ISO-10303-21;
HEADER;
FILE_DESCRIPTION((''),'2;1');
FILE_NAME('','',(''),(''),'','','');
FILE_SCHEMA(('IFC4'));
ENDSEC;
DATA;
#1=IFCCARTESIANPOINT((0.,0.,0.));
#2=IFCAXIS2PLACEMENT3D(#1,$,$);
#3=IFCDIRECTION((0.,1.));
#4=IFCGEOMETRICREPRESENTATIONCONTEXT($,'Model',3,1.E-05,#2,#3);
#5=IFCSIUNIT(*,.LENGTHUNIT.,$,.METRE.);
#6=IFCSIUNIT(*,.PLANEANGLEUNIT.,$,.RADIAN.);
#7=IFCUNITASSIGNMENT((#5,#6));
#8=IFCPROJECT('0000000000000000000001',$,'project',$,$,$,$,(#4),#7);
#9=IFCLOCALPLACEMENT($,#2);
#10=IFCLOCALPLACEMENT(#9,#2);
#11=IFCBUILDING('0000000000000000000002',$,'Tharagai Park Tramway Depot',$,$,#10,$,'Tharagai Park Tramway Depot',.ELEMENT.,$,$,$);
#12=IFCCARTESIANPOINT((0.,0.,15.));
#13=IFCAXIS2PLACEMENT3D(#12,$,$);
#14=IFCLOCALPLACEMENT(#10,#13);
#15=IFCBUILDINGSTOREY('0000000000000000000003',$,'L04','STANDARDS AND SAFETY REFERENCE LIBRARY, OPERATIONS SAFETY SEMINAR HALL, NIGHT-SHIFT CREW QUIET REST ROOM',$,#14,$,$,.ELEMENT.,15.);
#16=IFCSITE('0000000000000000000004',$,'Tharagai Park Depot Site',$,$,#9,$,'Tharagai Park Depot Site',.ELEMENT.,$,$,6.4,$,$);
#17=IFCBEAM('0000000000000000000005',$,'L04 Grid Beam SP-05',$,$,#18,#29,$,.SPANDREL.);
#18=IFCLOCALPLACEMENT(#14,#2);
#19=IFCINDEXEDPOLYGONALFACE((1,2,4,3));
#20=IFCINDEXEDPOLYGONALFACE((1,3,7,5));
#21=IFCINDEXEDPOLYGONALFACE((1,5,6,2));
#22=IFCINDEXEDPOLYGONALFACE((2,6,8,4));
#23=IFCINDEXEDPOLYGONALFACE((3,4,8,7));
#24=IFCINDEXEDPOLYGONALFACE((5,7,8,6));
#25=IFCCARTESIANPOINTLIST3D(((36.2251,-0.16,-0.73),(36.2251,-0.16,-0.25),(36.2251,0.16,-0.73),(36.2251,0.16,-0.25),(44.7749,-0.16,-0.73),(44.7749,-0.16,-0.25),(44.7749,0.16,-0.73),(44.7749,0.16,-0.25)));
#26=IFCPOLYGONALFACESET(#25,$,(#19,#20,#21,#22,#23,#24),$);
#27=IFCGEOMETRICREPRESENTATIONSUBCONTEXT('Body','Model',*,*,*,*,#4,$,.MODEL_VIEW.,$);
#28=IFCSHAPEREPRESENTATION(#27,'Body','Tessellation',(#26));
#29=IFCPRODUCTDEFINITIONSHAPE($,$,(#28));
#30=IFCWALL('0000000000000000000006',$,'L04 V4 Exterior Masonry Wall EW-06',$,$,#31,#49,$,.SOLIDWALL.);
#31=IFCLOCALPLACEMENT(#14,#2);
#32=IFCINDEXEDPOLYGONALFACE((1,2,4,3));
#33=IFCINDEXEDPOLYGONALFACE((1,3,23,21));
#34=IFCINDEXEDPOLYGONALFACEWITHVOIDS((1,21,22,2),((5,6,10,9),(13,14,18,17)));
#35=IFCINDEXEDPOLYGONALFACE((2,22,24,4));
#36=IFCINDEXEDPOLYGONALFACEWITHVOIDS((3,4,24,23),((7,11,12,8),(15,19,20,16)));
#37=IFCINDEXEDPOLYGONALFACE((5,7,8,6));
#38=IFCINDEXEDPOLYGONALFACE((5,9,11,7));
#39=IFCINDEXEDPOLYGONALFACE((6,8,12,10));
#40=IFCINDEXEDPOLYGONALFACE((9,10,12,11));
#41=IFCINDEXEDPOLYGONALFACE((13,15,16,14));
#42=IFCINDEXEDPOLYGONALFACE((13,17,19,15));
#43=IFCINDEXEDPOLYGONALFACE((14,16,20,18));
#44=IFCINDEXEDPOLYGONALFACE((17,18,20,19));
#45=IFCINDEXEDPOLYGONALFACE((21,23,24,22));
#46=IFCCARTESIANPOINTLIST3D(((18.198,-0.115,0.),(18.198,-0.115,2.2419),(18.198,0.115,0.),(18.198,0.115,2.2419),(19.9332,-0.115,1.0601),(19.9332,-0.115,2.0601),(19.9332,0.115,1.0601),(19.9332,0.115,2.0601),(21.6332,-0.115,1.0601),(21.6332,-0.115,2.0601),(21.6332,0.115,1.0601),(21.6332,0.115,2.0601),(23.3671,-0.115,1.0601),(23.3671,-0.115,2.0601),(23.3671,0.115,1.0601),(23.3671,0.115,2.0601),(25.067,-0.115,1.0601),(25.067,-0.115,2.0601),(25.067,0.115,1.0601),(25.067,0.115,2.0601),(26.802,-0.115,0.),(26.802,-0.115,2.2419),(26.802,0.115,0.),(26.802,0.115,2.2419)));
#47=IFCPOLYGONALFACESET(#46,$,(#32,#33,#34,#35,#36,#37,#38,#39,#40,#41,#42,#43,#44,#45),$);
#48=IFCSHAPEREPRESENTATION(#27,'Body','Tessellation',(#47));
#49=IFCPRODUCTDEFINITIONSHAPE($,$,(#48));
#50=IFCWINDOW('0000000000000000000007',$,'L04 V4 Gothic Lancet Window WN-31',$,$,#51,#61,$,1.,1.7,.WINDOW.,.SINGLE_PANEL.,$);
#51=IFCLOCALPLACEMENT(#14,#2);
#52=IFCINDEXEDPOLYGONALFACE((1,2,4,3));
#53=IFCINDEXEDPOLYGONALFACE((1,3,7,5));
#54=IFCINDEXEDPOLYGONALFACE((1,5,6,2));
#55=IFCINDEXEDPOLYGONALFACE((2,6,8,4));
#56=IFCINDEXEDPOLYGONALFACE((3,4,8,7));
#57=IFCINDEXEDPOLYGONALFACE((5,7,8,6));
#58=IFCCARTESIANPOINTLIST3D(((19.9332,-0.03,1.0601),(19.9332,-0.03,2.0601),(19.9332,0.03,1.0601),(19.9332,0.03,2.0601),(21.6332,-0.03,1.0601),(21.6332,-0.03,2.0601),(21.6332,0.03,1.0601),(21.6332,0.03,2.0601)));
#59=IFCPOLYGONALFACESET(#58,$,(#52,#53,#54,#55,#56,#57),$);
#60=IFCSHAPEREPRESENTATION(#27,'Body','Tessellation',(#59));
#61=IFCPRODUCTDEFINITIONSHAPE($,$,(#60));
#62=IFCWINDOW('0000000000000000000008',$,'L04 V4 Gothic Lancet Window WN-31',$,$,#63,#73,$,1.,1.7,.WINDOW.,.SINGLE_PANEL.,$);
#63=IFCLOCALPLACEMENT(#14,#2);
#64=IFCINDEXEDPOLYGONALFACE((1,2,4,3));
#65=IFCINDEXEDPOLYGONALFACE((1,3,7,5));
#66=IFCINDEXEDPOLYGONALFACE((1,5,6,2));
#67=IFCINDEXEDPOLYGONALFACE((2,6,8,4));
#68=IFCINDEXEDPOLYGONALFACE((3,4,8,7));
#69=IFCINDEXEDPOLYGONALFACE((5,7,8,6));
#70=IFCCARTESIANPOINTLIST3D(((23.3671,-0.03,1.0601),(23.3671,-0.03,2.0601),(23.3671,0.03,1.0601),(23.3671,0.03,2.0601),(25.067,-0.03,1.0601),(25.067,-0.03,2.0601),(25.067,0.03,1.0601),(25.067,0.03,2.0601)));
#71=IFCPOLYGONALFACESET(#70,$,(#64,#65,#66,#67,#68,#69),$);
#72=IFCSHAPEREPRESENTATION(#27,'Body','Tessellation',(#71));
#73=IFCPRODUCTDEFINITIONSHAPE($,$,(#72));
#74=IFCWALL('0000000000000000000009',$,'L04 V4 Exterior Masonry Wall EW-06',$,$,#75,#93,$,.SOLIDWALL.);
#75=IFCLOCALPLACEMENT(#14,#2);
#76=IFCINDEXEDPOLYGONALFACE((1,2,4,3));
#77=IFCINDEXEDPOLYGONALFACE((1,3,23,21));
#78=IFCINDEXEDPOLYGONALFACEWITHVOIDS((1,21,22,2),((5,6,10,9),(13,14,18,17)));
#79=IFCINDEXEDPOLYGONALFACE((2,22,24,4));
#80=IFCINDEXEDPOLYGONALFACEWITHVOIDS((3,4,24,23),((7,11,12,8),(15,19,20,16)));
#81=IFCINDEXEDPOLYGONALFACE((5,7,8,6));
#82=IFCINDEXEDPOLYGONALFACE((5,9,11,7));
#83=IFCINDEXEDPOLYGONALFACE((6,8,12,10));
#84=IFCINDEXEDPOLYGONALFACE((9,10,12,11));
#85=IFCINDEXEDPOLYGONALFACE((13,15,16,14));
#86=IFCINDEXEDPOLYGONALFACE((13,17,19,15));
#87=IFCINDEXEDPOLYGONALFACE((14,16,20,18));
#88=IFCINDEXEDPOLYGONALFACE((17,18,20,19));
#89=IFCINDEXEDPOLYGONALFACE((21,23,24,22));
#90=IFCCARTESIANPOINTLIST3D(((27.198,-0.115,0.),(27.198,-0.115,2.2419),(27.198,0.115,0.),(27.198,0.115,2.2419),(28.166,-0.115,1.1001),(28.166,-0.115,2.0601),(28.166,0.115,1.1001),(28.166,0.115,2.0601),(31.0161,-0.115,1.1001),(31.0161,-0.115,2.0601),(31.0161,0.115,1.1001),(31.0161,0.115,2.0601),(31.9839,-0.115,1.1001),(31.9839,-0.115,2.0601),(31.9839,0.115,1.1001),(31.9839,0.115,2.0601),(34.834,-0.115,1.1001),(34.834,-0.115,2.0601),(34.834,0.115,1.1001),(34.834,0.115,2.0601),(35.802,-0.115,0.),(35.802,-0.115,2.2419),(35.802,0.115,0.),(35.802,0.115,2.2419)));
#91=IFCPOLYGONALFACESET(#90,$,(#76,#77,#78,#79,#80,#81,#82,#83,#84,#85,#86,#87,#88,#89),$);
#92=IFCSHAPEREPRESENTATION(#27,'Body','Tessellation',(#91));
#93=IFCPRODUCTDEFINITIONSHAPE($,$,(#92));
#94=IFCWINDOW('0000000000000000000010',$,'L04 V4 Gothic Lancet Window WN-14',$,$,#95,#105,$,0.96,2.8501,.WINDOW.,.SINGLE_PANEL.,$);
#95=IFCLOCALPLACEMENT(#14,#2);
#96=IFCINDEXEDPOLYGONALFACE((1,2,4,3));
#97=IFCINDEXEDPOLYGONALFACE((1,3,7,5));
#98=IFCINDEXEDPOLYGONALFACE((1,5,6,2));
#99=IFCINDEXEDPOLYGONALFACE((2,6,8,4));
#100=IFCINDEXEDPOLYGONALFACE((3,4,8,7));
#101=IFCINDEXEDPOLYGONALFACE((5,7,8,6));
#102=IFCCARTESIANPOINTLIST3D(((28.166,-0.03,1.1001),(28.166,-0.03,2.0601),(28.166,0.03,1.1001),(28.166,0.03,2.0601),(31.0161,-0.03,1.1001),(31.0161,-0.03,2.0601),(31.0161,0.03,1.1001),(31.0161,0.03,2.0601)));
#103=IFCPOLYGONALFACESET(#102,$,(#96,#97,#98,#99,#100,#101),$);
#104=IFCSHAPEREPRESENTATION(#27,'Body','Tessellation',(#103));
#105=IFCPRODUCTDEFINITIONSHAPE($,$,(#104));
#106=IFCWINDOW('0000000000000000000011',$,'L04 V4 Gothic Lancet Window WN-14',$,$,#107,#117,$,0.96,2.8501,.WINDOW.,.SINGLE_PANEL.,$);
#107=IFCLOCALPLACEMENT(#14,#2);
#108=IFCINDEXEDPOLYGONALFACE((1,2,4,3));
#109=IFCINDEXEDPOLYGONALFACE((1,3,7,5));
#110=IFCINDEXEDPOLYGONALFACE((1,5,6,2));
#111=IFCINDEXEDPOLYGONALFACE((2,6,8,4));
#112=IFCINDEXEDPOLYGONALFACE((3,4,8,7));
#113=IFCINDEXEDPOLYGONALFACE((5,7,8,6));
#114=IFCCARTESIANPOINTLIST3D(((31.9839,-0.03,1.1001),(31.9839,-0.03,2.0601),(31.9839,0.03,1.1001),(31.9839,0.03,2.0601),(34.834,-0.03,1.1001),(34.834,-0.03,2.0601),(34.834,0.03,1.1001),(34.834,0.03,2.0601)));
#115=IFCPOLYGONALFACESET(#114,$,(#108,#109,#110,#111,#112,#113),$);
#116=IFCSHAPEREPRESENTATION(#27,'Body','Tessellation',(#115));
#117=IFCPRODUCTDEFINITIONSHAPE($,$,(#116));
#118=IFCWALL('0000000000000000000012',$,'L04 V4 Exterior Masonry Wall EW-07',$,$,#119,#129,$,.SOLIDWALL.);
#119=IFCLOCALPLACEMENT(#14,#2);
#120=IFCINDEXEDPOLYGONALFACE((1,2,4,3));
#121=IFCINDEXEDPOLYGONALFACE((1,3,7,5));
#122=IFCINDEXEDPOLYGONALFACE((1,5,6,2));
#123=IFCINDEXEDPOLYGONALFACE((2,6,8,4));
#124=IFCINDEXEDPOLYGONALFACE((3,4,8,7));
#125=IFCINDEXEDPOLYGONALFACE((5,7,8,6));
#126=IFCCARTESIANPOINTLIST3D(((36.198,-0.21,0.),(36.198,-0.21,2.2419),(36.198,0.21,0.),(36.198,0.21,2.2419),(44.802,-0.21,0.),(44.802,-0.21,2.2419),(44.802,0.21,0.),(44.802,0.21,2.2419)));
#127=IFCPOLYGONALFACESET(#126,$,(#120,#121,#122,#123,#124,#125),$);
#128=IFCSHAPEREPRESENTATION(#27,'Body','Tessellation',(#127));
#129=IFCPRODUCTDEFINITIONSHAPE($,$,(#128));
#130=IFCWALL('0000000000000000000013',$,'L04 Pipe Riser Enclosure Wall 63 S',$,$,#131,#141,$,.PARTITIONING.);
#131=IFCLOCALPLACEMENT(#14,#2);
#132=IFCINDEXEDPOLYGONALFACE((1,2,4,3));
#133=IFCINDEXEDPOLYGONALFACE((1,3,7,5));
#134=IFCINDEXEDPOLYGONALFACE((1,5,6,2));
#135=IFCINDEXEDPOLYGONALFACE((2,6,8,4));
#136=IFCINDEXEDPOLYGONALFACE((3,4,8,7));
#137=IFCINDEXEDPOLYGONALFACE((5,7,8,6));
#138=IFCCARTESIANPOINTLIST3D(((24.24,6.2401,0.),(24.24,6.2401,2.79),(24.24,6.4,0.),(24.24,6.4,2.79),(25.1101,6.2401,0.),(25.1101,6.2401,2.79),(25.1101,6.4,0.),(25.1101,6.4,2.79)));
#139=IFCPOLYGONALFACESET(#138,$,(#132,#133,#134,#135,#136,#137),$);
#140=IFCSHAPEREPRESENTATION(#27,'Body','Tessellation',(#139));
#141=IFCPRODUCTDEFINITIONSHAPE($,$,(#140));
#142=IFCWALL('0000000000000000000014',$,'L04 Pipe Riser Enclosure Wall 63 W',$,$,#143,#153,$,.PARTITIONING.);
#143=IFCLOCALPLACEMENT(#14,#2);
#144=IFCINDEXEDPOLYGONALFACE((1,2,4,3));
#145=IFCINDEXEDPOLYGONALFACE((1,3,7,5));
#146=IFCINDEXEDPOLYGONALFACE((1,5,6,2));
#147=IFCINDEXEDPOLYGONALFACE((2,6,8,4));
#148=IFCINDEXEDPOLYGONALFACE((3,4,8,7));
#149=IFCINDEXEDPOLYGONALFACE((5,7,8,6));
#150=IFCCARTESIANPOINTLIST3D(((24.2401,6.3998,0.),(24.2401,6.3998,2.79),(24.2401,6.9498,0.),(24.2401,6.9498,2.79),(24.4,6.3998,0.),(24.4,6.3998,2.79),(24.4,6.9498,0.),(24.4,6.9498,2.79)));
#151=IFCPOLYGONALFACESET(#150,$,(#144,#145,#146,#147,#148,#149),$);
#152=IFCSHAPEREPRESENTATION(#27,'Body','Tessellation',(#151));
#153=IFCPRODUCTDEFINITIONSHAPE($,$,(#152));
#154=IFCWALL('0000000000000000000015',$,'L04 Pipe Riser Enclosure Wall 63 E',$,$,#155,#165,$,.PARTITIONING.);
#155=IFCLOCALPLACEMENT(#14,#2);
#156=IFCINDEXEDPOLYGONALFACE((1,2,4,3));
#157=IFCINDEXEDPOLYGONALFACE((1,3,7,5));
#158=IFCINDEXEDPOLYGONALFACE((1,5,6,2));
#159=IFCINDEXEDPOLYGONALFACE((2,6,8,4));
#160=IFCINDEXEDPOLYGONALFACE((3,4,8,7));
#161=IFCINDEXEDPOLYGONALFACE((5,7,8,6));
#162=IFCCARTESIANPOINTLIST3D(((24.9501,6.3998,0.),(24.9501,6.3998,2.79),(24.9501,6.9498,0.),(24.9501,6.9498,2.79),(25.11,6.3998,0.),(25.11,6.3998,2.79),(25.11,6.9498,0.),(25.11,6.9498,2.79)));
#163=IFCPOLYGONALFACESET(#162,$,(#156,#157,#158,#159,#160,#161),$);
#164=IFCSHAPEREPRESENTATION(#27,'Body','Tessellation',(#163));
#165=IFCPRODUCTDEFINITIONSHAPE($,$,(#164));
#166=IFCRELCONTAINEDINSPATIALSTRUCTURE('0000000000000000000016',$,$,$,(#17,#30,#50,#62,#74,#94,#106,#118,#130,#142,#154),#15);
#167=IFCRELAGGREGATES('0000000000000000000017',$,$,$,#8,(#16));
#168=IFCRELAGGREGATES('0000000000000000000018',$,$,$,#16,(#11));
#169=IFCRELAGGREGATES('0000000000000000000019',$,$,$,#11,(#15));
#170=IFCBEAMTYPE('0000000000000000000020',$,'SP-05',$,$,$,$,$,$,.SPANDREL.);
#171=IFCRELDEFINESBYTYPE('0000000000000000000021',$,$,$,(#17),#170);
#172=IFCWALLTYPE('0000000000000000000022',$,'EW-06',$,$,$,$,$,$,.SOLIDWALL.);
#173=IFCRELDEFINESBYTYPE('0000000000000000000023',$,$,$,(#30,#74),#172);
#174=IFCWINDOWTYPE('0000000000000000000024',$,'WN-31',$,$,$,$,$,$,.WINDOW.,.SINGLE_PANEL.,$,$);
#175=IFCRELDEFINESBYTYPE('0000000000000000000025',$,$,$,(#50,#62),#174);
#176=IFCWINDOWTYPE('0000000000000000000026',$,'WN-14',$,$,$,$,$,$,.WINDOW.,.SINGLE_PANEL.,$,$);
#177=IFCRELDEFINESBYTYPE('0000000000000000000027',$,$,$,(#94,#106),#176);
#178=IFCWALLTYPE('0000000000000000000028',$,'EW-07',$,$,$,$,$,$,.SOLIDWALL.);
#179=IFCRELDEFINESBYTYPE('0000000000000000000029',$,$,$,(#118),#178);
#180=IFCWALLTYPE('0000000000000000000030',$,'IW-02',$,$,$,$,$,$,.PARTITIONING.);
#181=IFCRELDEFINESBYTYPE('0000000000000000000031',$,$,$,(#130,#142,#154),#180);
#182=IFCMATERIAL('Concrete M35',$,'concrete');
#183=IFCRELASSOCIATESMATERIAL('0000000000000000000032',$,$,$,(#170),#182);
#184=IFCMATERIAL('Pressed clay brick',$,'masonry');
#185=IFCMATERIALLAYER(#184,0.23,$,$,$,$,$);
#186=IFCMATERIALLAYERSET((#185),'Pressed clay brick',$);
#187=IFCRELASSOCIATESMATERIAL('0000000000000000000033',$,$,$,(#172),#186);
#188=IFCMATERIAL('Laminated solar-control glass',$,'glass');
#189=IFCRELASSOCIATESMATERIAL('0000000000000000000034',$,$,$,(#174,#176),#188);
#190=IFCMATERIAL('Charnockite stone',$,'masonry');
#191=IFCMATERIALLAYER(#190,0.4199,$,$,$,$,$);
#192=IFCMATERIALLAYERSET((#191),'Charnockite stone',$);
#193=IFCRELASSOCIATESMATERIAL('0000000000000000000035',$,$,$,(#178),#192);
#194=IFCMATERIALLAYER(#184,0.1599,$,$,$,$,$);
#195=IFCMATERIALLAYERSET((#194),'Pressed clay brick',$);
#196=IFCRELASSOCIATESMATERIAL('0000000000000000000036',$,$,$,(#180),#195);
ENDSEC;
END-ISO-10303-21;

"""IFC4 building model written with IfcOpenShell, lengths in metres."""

from ifc_helpers import new_model, si_unit, direction, frame, frame_2d, origin, origin_2d, place, context, subcontext, project, spatial, rectangle, extrude, material, layer, layer_set, material_profile, profile_set, type_object, element, fill, save


model = new_model("IFC4")

# Units and contexts
model_context = context("Model", 3, precision=1e-05, world=origin(), true_north=direction((0.0, 1.0)))
body_context = subcontext(model_context, "Body", "Model", "MODEL_VIEW")
ifc_project = project(units=[si_unit("LENGTHUNIT", "METRE"), si_unit("PLANEANGLEUNIT", "RADIAN")], contexts=[model_context])

# Site, building, storey
site_placement = place(None, origin())
site = spatial("IfcSite", under=ifc_project, at=site_placement, Name="Tharagai Park Depot Site", LongName="Tharagai Park Depot Site", CompositionType="ELEMENT", RefElevation=6.4)
building_placement = place(site_placement, origin())
building = spatial("IfcBuilding", under=site, at=building_placement, Name="Tharagai Park Tramway Depot", LongName="Tharagai Park Tramway Depot", CompositionType="ELEMENT")
storey_placement = place(building_placement, frame((0.0, 0.0, 15.0)))
storey = spatial("IfcBuildingStorey", under=building, at=storey_placement, Name="L04", Description="STANDARDS AND SAFETY REFERENCE LIBRARY, OPERATIONS SAFETY SEMINAR HALL, NIGHT-SHIFT CREW QUIET REST ROOM", CompositionType="ELEMENT", Elevation=15.0)

# Beam
ifc_material_1 = material(Name="Concrete M35", Category="concrete")
ifc_material_profile_1 = material_profile(ifc_material_1, rectangle(XDim=0.3201, YDim=0.48, at=origin_2d()), Name="RC 320x480")
ifc_profile_set_1 = profile_set([ifc_material_profile_1], Name="Concrete M35")
beam_type_1 = type_object("IfcBeamType", Name="SP-05", PredefinedType="SPANDREL", material=ifc_profile_set_1)
for number, where, z_axis, x_axis, name in (
    (1, (36.2251, 0.0, -0.49), (1.0, 0.0, 0.0), (0.0, 1.0, 0.0), "L04 Grid Beam SP-05"),
):
    element("IfcBeam", number, at=place(storey_placement, frame(where, z_axis=z_axis, x_axis=x_axis)), inside=storey, type_object=beam_type_1, Name=name, PredefinedType="SPANDREL", context=body_context, shape_type="SweptSolid", body=[
        extrude(rectangle(XDim=0.3201, YDim=0.48, at=origin_2d()), origin(), (0.0, 0.0, 1.0), 8.5498),
    ])

# Walls, openings, windows
ifc_material_2 = material(Name="Pressed clay brick", Category="masonry")
ifc_layer_1 = layer(ifc_material_2, 0.23)
ifc_layer_set_1 = layer_set([ifc_layer_1], Name="Pressed clay brick")
wall_type_1 = type_object("IfcWallType", Name="EW-06", PredefinedType="SOLIDWALL", material=ifc_layer_set_1)
wall_1_placement = place(storey_placement, frame((18.198, 0.0, 0.0), z_axis=(0.0, 0.0, 1.0), x_axis=(1.0, 0.0, 0.0)))
wall_1 = element("IfcWall", 2, at=wall_1_placement, inside=storey, type_object=wall_type_1, Name="L04 V4 Exterior Masonry Wall EW-06", PredefinedType="SOLIDWALL", context=body_context, shape_type="SweptSolid", body=[
    extrude(rectangle(XDim=8.604, YDim=0.23, at=frame_2d((4.302, 0.0))), origin(), (0.0, 0.0, 1.0), 2.2419),
])
opening_1_placement = place(wall_1_placement, frame((1.7351, 0.0, 1.0601)))
opening_1 = element("IfcOpeningElement", 3, at=opening_1_placement, cuts=wall_1, PredefinedType="OPENING", context=body_context, shape_type="SweptSolid", body=[
    extrude(rectangle(XDim=1.7, YDim=1.0, at=frame_2d((0.8501, 0.5))), frame((0.0, 0.125, 0.0), z_axis=(0.0, -1.0, 0.0), x_axis=(1.0, 0.0, 0.0)), (0.0, 0.0, 1.0), 0.25),
])
opening_2_placement = place(wall_1_placement, frame((5.1689, 0.0, 1.0601)))
opening_2 = element("IfcOpeningElement", 4, at=opening_2_placement, cuts=wall_1, PredefinedType="OPENING", context=body_context, shape_type="SweptSolid", body=[
    extrude(rectangle(XDim=1.7, YDim=1.0, at=frame_2d((0.8501, 0.5))), frame((0.0, 0.125, 0.0), z_axis=(0.0, -1.0, 0.0), x_axis=(1.0, 0.0, 0.0)), (0.0, 0.0, 1.0), 0.25),
])
ifc_material_3 = material(Name="Laminated solar-control glass", Category="glass")
window_type_1 = type_object("IfcWindowType", Name="WN-31", PartitioningType="SINGLE_PANEL", PredefinedType="WINDOW", material=ifc_material_3)
window_1_placement = place(opening_1_placement, origin())
window_1 = element("IfcWindow", 5, at=window_1_placement, inside=storey, type_object=window_type_1, Name="L04 V4 Gothic Lancet Window WN-31", OverallHeight=1.0, OverallWidth=1.7, PartitioningType="SINGLE_PANEL", PredefinedType="WINDOW", context=body_context, shape_type="SweptSolid", body=[
    extrude(rectangle(XDim=1.7, YDim=1.0, at=frame_2d((0.8501, 0.5))), frame((0.0, 0.03, 0.0), z_axis=(0.0, -1.0, 0.0), x_axis=(1.0, 0.0, 0.0)), (0.0, 0.0, 1.0), 0.0601),
])
fill(opening_1, window_1)
window_2_placement = place(opening_2_placement, origin())
window_2 = element("IfcWindow", 6, at=window_2_placement, inside=storey, type_object=window_type_1, Name="L04 V4 Gothic Lancet Window WN-31", OverallHeight=1.0, OverallWidth=1.7, PartitioningType="SINGLE_PANEL", PredefinedType="WINDOW", context=body_context, shape_type="SweptSolid", body=[
    extrude(rectangle(XDim=1.7, YDim=1.0, at=frame_2d((0.8501, 0.5))), frame((0.0, 0.03, 0.0), z_axis=(0.0, -1.0, 0.0), x_axis=(1.0, 0.0, 0.0)), (0.0, 0.0, 1.0), 0.0601),
])
fill(opening_2, window_2)
wall_2_placement = place(storey_placement, frame((27.198, 0.0, 0.0), z_axis=(0.0, 0.0, 1.0), x_axis=(1.0, 0.0, 0.0)))
wall_2 = element("IfcWall", 7, at=wall_2_placement, inside=storey, type_object=wall_type_1, Name="L04 V4 Exterior Masonry Wall EW-06", PredefinedType="SOLIDWALL", context=body_context, shape_type="SweptSolid", body=[
    extrude(rectangle(XDim=8.604, YDim=0.23, at=frame_2d((4.302, 0.0))), origin(), (0.0, 0.0, 1.0), 2.2419),
])
opening_3_placement = place(wall_2_placement, frame((0.968, 0.0, 1.1001)))
opening_3 = element("IfcOpeningElement", 8, at=opening_3_placement, cuts=wall_2, PredefinedType="OPENING", context=body_context, shape_type="SweptSolid", body=[
    extrude(rectangle(XDim=2.8501, YDim=0.96, at=frame_2d((1.425, 0.48))), frame((0.0, 0.125, 0.0), z_axis=(0.0, -1.0, 0.0), x_axis=(1.0, 0.0, 0.0)), (0.0, 0.0, 1.0), 0.25),
])
opening_4_placement = place(wall_2_placement, frame((4.7859, 0.0, 1.1001)))
opening_4 = element("IfcOpeningElement", 9, at=opening_4_placement, cuts=wall_2, PredefinedType="OPENING", context=body_context, shape_type="SweptSolid", body=[
    extrude(rectangle(XDim=2.8501, YDim=0.96, at=frame_2d((1.425, 0.48))), frame((0.0, 0.125, 0.0), z_axis=(0.0, -1.0, 0.0), x_axis=(1.0, 0.0, 0.0)), (0.0, 0.0, 1.0), 0.25),
])
window_type_2 = type_object("IfcWindowType", Name="WN-14", PartitioningType="SINGLE_PANEL", PredefinedType="WINDOW", material=ifc_material_3)
window_3_placement = place(opening_3_placement, origin())
window_3 = element("IfcWindow", 10, at=window_3_placement, inside=storey, type_object=window_type_2, Name="L04 V4 Gothic Lancet Window WN-14", OverallHeight=0.96, OverallWidth=2.8501, PartitioningType="SINGLE_PANEL", PredefinedType="WINDOW", context=body_context, shape_type="SweptSolid", body=[
    extrude(rectangle(XDim=2.8501, YDim=0.96, at=frame_2d((1.425, 0.48))), frame((0.0, 0.03, 0.0), z_axis=(0.0, -1.0, 0.0), x_axis=(1.0, 0.0, 0.0)), (0.0, 0.0, 1.0), 0.0601),
])
fill(opening_3, window_3)
window_4_placement = place(opening_4_placement, origin())
window_4 = element("IfcWindow", 11, at=window_4_placement, inside=storey, type_object=window_type_2, Name="L04 V4 Gothic Lancet Window WN-14", OverallHeight=0.96, OverallWidth=2.8501, PartitioningType="SINGLE_PANEL", PredefinedType="WINDOW", context=body_context, shape_type="SweptSolid", body=[
    extrude(rectangle(XDim=2.8501, YDim=0.96, at=frame_2d((1.425, 0.48))), frame((0.0, 0.03, 0.0), z_axis=(0.0, -1.0, 0.0), x_axis=(1.0, 0.0, 0.0)), (0.0, 0.0, 1.0), 0.0601),
])
fill(opening_4, window_4)

# Walls
ifc_material_4 = material(Name="Charnockite stone", Category="masonry")
ifc_layer_2 = layer(ifc_material_4, 0.4199)
ifc_layer_set_2 = layer_set([ifc_layer_2], Name="Charnockite stone")
wall_type_2 = type_object("IfcWallType", Name="EW-07", PredefinedType="SOLIDWALL", material=ifc_layer_set_2)
wall_3_placement = place(storey_placement, frame((36.198, 0.0, 0.0), z_axis=(0.0, 0.0, 1.0), x_axis=(1.0, 0.0, 0.0)))
element("IfcWall", 12, at=wall_3_placement, inside=storey, type_object=wall_type_2, Name="L04 V4 Exterior Masonry Wall EW-07", PredefinedType="SOLIDWALL", context=body_context, shape_type="SweptSolid", body=[
    extrude(rectangle(XDim=8.604, YDim=0.4199, at=frame_2d((4.302, 0.0))), origin(), (0.0, 0.0, 1.0), 2.2419),
])
ifc_layer_3 = layer(ifc_material_2, 0.1599)
ifc_layer_set_3 = layer_set([ifc_layer_3], Name="Pressed clay brick")
wall_type_3 = type_object("IfcWallType", Name="IW-02", PredefinedType="PARTITIONING", material=ifc_layer_set_3)
wall_4_placement = place(storey_placement, frame((24.24, 6.3201, 0.0), z_axis=(0.0, 0.0, 1.0), x_axis=(1.0, 0.0, 0.0)))
element("IfcWall", 13, at=wall_4_placement, inside=storey, type_object=wall_type_3, Name="L04 Pipe Riser Enclosure Wall 63 S", PredefinedType="PARTITIONING", context=body_context, shape_type="SweptSolid", body=[
    extrude(rectangle(XDim=0.8701, YDim=0.1599, at=frame_2d((0.4351, 0.0))), origin(), (0.0, 0.0, 1.0), 2.79),
])
for number, where, z_axis, x_axis, name in (
    (14, (24.3201, 6.3999, 0.0), (0.0, 0.0, 1.0), (0.0, 1.0, 0.0), "L04 Pipe Riser Enclosure Wall 63 W"),
    (15, (25.03, 6.3999, 0.0), (0.0, 0.0, 1.0), (0.0, 1.0, 0.0), "L04 Pipe Riser Enclosure Wall 63 E"),
):
    element("IfcWall", number, at=place(storey_placement, frame(where, z_axis=z_axis, x_axis=x_axis)), inside=storey, type_object=wall_type_3, Name=name, PredefinedType="PARTITIONING", context=body_context, shape_type="SweptSolid", body=[
        extrude(rectangle(XDim=0.55, YDim=0.1599, at=frame_2d((0.2749, 0.0))), origin(), (0.0, 0.0, 1.0), 2.79),
    ])

save(model, "model.ifc")
